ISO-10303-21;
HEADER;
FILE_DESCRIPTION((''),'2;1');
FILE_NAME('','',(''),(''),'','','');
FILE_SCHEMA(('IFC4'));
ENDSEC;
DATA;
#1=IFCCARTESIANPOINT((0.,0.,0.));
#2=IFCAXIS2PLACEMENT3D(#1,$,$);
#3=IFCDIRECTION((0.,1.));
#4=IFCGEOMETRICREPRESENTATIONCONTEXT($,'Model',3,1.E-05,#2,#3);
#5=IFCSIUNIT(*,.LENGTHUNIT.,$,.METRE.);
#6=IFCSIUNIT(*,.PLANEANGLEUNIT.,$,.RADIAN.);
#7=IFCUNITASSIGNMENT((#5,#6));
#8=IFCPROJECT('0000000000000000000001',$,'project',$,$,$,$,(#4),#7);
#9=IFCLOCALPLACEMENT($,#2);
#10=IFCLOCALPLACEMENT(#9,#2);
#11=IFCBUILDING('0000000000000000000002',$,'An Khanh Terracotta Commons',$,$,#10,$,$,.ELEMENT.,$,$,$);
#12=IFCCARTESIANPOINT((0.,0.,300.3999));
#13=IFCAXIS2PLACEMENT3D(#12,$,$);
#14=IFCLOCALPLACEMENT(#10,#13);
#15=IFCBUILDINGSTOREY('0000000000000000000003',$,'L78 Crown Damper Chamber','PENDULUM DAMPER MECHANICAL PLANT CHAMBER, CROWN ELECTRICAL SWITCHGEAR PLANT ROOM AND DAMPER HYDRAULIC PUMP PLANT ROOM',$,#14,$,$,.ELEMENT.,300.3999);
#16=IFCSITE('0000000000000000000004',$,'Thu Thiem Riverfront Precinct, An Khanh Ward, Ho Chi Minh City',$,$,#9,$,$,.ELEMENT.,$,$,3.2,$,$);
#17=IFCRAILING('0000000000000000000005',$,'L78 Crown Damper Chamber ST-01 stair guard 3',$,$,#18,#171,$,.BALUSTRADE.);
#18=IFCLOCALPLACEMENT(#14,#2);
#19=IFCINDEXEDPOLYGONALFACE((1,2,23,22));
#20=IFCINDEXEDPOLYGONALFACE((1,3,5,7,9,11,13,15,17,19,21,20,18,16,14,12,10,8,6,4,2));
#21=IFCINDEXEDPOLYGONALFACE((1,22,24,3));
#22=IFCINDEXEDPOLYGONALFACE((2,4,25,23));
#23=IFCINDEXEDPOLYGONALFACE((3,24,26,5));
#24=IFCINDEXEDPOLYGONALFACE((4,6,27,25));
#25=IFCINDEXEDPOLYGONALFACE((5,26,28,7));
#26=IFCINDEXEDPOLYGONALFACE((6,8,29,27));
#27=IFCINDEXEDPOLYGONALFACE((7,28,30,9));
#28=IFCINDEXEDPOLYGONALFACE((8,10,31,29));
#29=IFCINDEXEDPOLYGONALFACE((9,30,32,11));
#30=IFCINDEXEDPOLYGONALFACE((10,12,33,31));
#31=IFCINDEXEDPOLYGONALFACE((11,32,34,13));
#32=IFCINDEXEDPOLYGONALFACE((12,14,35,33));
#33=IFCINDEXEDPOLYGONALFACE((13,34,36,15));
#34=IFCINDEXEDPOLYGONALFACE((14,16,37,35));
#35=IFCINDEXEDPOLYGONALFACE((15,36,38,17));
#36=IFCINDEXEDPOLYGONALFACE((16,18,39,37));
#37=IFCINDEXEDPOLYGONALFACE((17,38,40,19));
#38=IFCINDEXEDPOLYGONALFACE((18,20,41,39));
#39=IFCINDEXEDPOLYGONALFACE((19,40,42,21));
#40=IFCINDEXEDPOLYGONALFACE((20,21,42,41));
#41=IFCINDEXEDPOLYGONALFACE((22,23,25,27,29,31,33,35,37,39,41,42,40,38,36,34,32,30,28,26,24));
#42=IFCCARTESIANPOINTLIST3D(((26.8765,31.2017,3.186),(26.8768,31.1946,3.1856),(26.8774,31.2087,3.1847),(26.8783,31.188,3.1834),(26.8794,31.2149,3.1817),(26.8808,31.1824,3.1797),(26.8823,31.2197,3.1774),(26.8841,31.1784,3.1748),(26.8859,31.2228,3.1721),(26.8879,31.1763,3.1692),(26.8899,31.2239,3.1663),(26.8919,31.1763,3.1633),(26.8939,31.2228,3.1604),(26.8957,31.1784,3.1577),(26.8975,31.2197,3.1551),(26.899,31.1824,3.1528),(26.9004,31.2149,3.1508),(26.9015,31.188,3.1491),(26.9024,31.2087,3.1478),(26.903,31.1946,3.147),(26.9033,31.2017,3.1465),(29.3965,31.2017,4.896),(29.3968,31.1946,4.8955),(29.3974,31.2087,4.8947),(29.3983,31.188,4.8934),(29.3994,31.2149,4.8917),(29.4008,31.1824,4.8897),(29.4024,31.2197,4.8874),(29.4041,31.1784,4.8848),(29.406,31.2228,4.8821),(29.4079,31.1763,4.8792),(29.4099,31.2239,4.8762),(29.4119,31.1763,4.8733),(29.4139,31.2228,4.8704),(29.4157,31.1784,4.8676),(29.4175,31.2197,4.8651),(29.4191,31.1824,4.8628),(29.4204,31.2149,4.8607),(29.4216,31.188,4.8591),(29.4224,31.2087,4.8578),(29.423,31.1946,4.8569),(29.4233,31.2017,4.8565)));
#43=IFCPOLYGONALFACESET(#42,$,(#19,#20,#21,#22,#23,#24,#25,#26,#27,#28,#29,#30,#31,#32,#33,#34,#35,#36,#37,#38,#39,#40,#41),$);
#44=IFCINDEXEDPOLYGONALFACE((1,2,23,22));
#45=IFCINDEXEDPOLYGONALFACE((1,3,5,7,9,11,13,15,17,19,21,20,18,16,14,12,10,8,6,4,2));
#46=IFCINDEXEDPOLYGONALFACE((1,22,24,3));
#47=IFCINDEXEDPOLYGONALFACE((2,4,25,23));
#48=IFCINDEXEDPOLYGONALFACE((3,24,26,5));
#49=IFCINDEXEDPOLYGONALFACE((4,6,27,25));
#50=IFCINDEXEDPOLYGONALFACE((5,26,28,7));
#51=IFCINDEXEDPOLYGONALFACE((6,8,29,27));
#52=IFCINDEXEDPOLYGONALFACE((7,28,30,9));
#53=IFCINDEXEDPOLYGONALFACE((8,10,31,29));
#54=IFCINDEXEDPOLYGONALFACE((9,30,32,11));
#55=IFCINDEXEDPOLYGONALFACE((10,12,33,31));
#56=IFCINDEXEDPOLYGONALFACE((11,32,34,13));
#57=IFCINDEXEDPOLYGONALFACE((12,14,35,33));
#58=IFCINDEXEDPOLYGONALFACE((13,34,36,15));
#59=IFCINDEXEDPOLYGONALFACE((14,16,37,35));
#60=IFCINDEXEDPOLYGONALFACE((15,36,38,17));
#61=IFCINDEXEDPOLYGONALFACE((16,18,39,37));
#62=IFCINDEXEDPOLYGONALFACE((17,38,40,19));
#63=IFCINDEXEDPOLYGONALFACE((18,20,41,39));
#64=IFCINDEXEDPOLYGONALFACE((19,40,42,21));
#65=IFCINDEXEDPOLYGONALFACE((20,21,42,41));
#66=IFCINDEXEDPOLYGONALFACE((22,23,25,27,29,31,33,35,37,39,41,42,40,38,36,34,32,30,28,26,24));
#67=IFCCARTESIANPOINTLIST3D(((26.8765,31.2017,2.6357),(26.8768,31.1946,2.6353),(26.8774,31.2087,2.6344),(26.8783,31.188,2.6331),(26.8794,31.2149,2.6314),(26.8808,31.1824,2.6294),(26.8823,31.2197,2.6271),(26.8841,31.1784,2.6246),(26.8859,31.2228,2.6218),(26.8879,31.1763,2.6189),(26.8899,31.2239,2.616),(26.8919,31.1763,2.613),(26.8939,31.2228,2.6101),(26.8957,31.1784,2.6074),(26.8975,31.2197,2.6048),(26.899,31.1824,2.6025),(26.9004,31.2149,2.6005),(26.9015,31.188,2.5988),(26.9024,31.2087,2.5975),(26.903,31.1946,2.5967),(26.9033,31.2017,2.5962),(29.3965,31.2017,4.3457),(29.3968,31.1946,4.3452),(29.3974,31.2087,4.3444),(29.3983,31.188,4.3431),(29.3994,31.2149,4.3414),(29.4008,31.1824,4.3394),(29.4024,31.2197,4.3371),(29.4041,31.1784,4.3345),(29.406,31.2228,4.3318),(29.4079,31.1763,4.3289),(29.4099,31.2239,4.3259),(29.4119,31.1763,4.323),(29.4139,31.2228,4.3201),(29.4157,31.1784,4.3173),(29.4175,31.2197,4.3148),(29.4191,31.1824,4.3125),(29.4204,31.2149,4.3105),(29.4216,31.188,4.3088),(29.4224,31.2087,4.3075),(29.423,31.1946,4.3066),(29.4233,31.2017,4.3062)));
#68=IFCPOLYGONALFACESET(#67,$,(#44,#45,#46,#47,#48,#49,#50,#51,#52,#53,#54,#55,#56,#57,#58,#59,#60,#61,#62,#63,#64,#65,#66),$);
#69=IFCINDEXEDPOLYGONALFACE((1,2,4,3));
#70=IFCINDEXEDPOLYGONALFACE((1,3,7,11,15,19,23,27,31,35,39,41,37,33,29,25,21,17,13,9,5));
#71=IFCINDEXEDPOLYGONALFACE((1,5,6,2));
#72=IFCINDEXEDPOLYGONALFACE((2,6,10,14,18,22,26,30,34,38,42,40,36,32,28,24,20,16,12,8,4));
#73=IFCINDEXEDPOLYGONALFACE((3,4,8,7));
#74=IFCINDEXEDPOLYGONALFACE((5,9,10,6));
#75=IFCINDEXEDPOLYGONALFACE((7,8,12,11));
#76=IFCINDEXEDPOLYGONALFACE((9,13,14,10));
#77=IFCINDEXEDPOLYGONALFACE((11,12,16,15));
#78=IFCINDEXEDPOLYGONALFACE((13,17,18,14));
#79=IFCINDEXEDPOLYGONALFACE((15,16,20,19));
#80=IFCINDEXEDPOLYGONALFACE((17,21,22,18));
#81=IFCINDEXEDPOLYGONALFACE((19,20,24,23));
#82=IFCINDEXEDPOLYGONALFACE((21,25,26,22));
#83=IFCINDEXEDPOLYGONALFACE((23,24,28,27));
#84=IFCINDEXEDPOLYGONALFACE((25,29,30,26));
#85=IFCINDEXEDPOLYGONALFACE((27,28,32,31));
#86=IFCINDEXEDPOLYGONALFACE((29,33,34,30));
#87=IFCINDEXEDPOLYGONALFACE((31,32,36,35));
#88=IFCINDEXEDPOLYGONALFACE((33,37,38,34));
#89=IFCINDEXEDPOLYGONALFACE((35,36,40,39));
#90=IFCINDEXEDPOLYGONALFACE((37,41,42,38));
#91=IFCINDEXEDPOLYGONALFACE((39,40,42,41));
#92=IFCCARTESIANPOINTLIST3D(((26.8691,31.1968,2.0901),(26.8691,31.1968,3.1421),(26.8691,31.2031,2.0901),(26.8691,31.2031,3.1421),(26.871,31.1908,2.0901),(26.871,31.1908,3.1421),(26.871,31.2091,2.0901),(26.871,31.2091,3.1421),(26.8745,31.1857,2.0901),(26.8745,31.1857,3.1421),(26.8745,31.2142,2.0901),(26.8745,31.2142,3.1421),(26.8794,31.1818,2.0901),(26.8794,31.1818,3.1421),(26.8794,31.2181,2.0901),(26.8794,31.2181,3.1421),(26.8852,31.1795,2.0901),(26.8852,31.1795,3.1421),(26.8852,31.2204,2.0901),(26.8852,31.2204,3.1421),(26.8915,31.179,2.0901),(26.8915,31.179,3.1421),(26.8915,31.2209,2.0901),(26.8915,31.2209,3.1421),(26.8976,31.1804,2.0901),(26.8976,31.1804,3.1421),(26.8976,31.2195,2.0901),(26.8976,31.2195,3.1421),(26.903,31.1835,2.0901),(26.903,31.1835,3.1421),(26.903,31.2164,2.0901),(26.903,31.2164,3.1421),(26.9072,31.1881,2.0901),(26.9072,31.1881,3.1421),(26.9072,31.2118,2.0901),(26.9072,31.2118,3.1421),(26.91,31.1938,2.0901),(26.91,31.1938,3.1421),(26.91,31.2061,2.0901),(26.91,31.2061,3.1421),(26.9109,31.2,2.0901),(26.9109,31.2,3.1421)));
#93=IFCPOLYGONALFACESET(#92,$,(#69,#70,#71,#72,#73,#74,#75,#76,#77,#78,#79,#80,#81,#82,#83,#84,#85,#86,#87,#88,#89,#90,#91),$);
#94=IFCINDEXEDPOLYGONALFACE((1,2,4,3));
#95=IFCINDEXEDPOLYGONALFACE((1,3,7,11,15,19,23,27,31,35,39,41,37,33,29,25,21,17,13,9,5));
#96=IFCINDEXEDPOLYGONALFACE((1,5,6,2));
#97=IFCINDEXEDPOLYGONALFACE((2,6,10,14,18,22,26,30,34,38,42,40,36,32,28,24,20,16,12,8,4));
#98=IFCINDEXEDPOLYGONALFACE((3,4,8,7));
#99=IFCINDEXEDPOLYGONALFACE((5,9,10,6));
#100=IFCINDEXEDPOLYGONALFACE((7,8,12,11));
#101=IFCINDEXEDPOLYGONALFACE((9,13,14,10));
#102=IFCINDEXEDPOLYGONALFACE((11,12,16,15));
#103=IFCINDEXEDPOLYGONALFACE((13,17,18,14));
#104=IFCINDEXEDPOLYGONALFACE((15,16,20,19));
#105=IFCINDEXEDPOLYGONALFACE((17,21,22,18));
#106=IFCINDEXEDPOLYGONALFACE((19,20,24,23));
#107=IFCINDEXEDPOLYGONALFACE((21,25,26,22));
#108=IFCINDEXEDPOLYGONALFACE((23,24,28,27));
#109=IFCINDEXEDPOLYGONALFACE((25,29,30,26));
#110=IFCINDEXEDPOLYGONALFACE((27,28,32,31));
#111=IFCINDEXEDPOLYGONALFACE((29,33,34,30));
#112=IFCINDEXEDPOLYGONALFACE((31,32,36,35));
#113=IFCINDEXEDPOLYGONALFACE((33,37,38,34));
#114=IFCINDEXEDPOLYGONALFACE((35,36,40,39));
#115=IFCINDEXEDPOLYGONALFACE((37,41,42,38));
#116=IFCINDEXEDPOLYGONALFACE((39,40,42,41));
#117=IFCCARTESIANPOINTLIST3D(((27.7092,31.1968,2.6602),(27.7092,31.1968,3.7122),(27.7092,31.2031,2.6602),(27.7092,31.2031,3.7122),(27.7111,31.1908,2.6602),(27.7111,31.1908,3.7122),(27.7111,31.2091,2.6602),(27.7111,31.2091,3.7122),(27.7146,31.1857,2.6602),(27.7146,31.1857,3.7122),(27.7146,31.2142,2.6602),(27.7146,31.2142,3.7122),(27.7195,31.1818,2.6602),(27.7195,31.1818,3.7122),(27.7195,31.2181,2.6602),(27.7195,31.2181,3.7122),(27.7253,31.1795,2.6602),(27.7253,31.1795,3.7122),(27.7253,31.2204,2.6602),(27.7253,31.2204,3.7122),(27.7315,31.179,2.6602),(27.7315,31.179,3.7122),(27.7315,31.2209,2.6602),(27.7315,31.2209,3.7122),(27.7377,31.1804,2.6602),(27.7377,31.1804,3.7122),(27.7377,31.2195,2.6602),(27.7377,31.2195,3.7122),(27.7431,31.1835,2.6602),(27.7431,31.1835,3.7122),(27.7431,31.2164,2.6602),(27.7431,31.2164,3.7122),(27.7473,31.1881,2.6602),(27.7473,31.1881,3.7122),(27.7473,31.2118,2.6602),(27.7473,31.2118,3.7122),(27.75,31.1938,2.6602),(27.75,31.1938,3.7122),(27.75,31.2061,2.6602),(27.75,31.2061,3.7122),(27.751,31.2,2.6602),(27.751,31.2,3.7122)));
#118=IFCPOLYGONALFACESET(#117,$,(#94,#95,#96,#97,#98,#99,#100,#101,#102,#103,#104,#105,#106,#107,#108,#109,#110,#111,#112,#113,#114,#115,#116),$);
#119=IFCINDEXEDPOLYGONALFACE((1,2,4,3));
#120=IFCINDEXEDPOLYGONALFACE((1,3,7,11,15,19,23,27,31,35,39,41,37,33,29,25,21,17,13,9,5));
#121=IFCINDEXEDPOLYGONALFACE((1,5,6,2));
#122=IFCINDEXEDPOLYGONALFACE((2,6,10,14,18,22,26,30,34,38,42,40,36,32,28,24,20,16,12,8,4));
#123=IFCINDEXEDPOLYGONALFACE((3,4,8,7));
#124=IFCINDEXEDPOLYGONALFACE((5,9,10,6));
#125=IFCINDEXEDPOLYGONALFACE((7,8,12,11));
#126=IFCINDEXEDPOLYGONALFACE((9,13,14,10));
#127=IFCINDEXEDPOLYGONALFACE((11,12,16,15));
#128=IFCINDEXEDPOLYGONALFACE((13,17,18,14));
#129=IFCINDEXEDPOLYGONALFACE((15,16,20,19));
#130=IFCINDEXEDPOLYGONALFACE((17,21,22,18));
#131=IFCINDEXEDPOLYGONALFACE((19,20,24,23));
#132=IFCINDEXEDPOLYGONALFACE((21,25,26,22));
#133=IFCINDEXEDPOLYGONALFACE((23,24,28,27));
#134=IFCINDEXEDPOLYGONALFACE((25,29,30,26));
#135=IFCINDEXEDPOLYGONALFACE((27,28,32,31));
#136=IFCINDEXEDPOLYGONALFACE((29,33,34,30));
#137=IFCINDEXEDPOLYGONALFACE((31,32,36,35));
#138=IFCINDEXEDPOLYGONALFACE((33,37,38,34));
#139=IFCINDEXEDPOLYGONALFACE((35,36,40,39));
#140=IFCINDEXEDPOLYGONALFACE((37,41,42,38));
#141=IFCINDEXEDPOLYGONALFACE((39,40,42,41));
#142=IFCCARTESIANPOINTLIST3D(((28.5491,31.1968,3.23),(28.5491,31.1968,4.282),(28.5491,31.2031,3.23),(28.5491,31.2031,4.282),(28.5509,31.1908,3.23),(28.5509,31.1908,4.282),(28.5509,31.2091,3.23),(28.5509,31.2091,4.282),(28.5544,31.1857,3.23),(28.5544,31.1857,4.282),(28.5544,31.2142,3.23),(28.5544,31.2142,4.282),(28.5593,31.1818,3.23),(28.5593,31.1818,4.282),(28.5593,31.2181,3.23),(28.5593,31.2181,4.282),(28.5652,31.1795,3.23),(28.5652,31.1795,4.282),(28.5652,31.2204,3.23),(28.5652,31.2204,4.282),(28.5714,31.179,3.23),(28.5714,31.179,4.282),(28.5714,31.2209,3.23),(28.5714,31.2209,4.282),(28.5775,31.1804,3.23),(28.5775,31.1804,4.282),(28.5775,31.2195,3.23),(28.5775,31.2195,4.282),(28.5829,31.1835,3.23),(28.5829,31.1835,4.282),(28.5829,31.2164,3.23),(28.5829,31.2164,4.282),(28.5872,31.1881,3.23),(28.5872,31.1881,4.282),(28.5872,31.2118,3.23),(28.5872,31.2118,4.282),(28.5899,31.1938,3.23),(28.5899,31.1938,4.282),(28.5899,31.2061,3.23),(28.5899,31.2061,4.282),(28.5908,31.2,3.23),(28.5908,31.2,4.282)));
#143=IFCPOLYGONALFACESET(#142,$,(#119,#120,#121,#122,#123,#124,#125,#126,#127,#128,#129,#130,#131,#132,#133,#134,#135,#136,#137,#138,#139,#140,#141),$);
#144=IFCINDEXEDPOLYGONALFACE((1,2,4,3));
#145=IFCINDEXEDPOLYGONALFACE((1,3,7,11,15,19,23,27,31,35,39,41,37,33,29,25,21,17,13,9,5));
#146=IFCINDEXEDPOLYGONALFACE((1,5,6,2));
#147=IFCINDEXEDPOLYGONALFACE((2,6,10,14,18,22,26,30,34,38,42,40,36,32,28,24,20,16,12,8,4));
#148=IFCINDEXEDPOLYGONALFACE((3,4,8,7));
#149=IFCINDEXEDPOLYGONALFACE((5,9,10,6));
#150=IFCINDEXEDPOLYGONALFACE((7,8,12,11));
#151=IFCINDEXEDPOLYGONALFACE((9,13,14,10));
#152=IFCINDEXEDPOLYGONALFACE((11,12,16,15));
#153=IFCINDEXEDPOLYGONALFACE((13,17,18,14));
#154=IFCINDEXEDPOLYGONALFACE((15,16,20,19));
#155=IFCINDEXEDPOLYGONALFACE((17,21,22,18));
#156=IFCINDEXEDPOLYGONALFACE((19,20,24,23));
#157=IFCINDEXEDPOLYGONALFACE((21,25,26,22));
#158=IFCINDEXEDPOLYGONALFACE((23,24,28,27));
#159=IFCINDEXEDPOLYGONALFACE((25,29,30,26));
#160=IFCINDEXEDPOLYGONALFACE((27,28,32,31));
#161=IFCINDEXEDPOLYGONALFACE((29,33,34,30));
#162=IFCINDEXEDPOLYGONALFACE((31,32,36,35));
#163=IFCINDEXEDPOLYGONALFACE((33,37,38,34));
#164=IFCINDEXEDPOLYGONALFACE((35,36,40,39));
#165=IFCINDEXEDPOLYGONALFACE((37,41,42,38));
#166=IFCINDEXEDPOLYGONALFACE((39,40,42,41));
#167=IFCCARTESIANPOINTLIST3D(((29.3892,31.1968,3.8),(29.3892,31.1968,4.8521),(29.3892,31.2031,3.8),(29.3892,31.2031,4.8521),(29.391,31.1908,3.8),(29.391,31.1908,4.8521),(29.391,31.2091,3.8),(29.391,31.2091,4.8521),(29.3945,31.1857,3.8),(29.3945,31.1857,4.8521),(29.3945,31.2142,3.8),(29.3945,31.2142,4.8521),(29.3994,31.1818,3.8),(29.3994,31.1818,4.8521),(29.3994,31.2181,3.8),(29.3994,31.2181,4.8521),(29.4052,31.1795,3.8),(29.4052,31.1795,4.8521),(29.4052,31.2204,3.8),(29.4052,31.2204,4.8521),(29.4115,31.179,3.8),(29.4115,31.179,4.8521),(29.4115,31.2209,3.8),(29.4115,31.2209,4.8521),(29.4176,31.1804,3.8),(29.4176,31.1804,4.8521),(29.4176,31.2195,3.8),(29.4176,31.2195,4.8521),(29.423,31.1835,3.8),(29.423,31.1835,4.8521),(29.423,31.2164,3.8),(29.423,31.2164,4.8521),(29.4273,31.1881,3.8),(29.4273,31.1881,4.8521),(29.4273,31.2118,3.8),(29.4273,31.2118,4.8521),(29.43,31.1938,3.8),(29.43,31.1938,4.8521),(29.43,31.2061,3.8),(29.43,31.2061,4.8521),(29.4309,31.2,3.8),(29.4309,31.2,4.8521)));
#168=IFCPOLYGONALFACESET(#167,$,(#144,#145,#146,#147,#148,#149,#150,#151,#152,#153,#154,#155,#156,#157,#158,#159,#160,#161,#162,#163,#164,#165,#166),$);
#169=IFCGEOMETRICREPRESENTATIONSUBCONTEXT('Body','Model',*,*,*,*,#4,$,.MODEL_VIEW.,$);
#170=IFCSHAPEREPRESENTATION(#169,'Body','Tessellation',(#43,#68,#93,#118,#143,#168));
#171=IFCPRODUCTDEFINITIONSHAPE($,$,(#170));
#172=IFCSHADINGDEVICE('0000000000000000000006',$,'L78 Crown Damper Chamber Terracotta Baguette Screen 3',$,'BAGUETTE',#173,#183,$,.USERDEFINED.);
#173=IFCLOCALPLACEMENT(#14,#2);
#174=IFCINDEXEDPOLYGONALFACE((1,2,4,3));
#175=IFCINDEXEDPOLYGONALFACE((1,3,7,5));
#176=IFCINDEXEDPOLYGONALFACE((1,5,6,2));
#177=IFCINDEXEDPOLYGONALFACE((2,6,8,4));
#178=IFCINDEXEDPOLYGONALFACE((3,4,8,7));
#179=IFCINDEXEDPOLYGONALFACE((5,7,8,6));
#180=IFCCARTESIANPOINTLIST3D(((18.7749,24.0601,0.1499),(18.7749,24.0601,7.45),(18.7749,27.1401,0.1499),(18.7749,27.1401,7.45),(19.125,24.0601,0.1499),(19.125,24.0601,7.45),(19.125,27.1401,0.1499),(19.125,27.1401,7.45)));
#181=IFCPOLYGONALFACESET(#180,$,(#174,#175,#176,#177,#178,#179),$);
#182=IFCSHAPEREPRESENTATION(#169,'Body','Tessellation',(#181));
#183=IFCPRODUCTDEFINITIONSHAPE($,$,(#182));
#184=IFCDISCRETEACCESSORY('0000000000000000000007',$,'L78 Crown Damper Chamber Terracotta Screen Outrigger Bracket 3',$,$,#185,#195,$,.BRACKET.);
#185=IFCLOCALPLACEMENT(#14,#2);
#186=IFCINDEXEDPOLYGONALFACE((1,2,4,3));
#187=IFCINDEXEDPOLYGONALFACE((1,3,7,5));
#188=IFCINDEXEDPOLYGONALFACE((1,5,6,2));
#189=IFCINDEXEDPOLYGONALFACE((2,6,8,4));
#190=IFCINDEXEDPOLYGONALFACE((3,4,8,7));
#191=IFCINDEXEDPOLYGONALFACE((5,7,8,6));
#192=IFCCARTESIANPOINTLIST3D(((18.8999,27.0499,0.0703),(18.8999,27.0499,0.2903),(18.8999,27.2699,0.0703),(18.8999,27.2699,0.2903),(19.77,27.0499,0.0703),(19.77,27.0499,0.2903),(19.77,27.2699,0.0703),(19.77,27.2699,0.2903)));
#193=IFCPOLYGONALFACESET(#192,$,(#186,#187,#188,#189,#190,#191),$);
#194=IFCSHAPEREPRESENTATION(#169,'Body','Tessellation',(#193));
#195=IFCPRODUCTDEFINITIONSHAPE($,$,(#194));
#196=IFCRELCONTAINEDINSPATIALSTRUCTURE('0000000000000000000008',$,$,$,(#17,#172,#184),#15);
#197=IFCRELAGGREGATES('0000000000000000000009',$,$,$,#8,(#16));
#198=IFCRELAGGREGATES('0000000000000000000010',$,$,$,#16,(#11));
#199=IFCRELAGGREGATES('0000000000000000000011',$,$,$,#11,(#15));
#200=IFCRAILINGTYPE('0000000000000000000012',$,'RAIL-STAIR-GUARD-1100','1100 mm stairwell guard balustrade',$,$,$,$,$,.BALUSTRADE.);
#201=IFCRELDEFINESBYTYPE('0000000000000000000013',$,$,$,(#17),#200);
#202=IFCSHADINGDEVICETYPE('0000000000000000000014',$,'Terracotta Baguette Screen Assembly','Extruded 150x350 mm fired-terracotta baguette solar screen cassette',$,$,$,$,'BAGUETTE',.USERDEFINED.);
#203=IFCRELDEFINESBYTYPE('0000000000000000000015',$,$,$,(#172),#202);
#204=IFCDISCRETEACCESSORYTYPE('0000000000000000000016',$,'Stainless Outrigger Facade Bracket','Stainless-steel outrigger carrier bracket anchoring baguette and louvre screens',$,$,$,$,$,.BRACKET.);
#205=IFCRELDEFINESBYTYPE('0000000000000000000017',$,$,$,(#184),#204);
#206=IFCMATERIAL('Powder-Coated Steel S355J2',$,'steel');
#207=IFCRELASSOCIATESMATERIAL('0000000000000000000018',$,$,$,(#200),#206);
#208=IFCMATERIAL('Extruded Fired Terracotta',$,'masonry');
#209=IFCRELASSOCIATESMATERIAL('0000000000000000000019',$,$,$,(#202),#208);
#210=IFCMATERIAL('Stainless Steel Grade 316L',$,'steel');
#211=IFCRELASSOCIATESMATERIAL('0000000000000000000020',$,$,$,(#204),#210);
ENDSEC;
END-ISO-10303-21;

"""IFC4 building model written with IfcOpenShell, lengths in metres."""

from ifc_helpers import new_model, si_unit, direction, frame, origin, origin_2d, place, context, subcontext, project, spatial, rectangle, circle, extrude, material, type_object, element, save


model = new_model("IFC4")

# Units and contexts
model_context = context("Model", 3, precision=1e-05, world=origin(), true_north=direction((0.0, 1.0)))
body_context = subcontext(model_context, "Body", "Model", "MODEL_VIEW")
ifc_project = project(units=[si_unit("LENGTHUNIT", "METRE"), si_unit("PLANEANGLEUNIT", "RADIAN")], contexts=[model_context])

# Site, building, storey
site_placement = place(None, origin())
site = spatial("IfcSite", under=ifc_project, at=site_placement, Name="Thu Thiem Riverfront Precinct, An Khanh Ward, Ho Chi Minh City", CompositionType="ELEMENT", RefElevation=3.2)
building_placement = place(site_placement, origin())
building = spatial("IfcBuilding", under=site, at=building_placement, Name="An Khanh Terracotta Commons", CompositionType="ELEMENT")
storey_placement = place(building_placement, frame((0.0, 0.0, 300.3999)))
storey = spatial("IfcBuildingStorey", under=building, at=storey_placement, Name="L78 Crown Damper Chamber", Description="PENDULUM DAMPER MECHANICAL PLANT CHAMBER, CROWN ELECTRICAL SWITCHGEAR PLANT ROOM AND DAMPER HYDRAULIC PUMP PLANT ROOM", CompositionType="ELEMENT", Elevation=300.3999)

# Railing
ifc_material_1 = material(Name="Powder-Coated Steel S355J2", Category="steel")
railing_type_1 = type_object("IfcRailingType", Name="RAIL-STAIR-GUARD-1100", Description="1100 mm stairwell guard balustrade", PredefinedType="BALUSTRADE", material=ifc_material_1)
railing_placement = place(storey_placement, frame((26.8899, 31.2, 2.0901)))
element("IfcRailing", 1, at=railing_placement, inside=storey, type_object=railing_type_1, Name="L78 Crown Damper Chamber ST-01 stair guard 3", PredefinedType="BALUSTRADE", context=body_context, shape_type="SweptSolid", body=[
    extrude(circle(Radius=0.0239, at=origin_2d()), frame((0.0, 0.0, 1.0762), z_axis=(0.827484, 0.0, 0.56149), x_axis=(0.0, 1.0, 0.0)), (0.0, 0.0, 1.0), 3.0454),
    extrude(circle(Radius=0.0239, at=origin_2d()), frame((0.0, 0.0, 0.5259), z_axis=(0.827484, 0.0, 0.56149), x_axis=(0.0, 1.0, 0.0)), (0.0, 0.0, 1.0), 3.0454),
    extrude(circle(Radius=0.021, at=origin_2d()), origin(), (0.0, 0.0, 1.0), 1.052),
    extrude(circle(Radius=0.021, at=origin_2d()), frame((0.8401, 0.0, 0.5701)), (0.0, 0.0, 1.0), 1.052),
    extrude(circle(Radius=0.021, at=origin_2d()), frame((1.6799, 0.0, 1.1399)), (0.0, 0.0, 1.0), 1.052),
    extrude(circle(Radius=0.021, at=origin_2d()), frame((2.52, 0.0, 1.71)), (0.0, 0.0, 1.0), 1.052),
])

# Shading device
ifc_material_2 = material(Name="Extruded Fired Terracotta", Category="masonry")
shading_device_type = type_object("IfcShadingDeviceType", Name="Terracotta Baguette Screen Assembly", Description="Extruded 150x350 mm fired-terracotta baguette solar screen cassette", ElementType="BAGUETTE", PredefinedType="USERDEFINED", material=ifc_material_2)
shading_device_placement = place(storey_placement, frame((18.95, 25.6001, 0.1499), z_axis=(0.0, 0.0, 1.0), x_axis=(0.0, -1.0, 0.0)))
element("IfcShadingDevice", 2, at=shading_device_placement, inside=storey, type_object=shading_device_type, Name="L78 Crown Damper Chamber Terracotta Baguette Screen 3", ObjectType="BAGUETTE", PredefinedType="USERDEFINED", context=body_context, shape_type="SweptSolid", body=[
    extrude(rectangle(XDim=3.0801, YDim=0.3501, at=origin_2d()), origin(), (0.0, 0.0, 1.0), 7.3),
])

# Discrete accessory
ifc_material_3 = material(Name="Stainless Steel Grade 316L", Category="steel")
discrete_accessory_type = type_object("IfcDiscreteAccessoryType", Name="Stainless Outrigger Facade Bracket", Description="Stainless-steel outrigger carrier bracket anchoring baguette and louvre screens", PredefinedType="BRACKET", material=ifc_material_3)
discrete_accessory_placement = place(storey_placement, frame((19.335, 27.1599, 0.0703), z_axis=(0.0, 0.0, 1.0), x_axis=(0.0, -1.0, 0.0)))
element("IfcDiscreteAccessory", 3, at=discrete_accessory_placement, inside=storey, type_object=discrete_accessory_type, Name="L78 Crown Damper Chamber Terracotta Screen Outrigger Bracket 3", PredefinedType="BRACKET", context=body_context, shape_type="SweptSolid", body=[
    extrude(rectangle(XDim=0.22, YDim=0.8701, at=origin_2d()), origin(), (0.0, 0.0, 1.0), 0.22),
])

save(model, "model.ifc")
